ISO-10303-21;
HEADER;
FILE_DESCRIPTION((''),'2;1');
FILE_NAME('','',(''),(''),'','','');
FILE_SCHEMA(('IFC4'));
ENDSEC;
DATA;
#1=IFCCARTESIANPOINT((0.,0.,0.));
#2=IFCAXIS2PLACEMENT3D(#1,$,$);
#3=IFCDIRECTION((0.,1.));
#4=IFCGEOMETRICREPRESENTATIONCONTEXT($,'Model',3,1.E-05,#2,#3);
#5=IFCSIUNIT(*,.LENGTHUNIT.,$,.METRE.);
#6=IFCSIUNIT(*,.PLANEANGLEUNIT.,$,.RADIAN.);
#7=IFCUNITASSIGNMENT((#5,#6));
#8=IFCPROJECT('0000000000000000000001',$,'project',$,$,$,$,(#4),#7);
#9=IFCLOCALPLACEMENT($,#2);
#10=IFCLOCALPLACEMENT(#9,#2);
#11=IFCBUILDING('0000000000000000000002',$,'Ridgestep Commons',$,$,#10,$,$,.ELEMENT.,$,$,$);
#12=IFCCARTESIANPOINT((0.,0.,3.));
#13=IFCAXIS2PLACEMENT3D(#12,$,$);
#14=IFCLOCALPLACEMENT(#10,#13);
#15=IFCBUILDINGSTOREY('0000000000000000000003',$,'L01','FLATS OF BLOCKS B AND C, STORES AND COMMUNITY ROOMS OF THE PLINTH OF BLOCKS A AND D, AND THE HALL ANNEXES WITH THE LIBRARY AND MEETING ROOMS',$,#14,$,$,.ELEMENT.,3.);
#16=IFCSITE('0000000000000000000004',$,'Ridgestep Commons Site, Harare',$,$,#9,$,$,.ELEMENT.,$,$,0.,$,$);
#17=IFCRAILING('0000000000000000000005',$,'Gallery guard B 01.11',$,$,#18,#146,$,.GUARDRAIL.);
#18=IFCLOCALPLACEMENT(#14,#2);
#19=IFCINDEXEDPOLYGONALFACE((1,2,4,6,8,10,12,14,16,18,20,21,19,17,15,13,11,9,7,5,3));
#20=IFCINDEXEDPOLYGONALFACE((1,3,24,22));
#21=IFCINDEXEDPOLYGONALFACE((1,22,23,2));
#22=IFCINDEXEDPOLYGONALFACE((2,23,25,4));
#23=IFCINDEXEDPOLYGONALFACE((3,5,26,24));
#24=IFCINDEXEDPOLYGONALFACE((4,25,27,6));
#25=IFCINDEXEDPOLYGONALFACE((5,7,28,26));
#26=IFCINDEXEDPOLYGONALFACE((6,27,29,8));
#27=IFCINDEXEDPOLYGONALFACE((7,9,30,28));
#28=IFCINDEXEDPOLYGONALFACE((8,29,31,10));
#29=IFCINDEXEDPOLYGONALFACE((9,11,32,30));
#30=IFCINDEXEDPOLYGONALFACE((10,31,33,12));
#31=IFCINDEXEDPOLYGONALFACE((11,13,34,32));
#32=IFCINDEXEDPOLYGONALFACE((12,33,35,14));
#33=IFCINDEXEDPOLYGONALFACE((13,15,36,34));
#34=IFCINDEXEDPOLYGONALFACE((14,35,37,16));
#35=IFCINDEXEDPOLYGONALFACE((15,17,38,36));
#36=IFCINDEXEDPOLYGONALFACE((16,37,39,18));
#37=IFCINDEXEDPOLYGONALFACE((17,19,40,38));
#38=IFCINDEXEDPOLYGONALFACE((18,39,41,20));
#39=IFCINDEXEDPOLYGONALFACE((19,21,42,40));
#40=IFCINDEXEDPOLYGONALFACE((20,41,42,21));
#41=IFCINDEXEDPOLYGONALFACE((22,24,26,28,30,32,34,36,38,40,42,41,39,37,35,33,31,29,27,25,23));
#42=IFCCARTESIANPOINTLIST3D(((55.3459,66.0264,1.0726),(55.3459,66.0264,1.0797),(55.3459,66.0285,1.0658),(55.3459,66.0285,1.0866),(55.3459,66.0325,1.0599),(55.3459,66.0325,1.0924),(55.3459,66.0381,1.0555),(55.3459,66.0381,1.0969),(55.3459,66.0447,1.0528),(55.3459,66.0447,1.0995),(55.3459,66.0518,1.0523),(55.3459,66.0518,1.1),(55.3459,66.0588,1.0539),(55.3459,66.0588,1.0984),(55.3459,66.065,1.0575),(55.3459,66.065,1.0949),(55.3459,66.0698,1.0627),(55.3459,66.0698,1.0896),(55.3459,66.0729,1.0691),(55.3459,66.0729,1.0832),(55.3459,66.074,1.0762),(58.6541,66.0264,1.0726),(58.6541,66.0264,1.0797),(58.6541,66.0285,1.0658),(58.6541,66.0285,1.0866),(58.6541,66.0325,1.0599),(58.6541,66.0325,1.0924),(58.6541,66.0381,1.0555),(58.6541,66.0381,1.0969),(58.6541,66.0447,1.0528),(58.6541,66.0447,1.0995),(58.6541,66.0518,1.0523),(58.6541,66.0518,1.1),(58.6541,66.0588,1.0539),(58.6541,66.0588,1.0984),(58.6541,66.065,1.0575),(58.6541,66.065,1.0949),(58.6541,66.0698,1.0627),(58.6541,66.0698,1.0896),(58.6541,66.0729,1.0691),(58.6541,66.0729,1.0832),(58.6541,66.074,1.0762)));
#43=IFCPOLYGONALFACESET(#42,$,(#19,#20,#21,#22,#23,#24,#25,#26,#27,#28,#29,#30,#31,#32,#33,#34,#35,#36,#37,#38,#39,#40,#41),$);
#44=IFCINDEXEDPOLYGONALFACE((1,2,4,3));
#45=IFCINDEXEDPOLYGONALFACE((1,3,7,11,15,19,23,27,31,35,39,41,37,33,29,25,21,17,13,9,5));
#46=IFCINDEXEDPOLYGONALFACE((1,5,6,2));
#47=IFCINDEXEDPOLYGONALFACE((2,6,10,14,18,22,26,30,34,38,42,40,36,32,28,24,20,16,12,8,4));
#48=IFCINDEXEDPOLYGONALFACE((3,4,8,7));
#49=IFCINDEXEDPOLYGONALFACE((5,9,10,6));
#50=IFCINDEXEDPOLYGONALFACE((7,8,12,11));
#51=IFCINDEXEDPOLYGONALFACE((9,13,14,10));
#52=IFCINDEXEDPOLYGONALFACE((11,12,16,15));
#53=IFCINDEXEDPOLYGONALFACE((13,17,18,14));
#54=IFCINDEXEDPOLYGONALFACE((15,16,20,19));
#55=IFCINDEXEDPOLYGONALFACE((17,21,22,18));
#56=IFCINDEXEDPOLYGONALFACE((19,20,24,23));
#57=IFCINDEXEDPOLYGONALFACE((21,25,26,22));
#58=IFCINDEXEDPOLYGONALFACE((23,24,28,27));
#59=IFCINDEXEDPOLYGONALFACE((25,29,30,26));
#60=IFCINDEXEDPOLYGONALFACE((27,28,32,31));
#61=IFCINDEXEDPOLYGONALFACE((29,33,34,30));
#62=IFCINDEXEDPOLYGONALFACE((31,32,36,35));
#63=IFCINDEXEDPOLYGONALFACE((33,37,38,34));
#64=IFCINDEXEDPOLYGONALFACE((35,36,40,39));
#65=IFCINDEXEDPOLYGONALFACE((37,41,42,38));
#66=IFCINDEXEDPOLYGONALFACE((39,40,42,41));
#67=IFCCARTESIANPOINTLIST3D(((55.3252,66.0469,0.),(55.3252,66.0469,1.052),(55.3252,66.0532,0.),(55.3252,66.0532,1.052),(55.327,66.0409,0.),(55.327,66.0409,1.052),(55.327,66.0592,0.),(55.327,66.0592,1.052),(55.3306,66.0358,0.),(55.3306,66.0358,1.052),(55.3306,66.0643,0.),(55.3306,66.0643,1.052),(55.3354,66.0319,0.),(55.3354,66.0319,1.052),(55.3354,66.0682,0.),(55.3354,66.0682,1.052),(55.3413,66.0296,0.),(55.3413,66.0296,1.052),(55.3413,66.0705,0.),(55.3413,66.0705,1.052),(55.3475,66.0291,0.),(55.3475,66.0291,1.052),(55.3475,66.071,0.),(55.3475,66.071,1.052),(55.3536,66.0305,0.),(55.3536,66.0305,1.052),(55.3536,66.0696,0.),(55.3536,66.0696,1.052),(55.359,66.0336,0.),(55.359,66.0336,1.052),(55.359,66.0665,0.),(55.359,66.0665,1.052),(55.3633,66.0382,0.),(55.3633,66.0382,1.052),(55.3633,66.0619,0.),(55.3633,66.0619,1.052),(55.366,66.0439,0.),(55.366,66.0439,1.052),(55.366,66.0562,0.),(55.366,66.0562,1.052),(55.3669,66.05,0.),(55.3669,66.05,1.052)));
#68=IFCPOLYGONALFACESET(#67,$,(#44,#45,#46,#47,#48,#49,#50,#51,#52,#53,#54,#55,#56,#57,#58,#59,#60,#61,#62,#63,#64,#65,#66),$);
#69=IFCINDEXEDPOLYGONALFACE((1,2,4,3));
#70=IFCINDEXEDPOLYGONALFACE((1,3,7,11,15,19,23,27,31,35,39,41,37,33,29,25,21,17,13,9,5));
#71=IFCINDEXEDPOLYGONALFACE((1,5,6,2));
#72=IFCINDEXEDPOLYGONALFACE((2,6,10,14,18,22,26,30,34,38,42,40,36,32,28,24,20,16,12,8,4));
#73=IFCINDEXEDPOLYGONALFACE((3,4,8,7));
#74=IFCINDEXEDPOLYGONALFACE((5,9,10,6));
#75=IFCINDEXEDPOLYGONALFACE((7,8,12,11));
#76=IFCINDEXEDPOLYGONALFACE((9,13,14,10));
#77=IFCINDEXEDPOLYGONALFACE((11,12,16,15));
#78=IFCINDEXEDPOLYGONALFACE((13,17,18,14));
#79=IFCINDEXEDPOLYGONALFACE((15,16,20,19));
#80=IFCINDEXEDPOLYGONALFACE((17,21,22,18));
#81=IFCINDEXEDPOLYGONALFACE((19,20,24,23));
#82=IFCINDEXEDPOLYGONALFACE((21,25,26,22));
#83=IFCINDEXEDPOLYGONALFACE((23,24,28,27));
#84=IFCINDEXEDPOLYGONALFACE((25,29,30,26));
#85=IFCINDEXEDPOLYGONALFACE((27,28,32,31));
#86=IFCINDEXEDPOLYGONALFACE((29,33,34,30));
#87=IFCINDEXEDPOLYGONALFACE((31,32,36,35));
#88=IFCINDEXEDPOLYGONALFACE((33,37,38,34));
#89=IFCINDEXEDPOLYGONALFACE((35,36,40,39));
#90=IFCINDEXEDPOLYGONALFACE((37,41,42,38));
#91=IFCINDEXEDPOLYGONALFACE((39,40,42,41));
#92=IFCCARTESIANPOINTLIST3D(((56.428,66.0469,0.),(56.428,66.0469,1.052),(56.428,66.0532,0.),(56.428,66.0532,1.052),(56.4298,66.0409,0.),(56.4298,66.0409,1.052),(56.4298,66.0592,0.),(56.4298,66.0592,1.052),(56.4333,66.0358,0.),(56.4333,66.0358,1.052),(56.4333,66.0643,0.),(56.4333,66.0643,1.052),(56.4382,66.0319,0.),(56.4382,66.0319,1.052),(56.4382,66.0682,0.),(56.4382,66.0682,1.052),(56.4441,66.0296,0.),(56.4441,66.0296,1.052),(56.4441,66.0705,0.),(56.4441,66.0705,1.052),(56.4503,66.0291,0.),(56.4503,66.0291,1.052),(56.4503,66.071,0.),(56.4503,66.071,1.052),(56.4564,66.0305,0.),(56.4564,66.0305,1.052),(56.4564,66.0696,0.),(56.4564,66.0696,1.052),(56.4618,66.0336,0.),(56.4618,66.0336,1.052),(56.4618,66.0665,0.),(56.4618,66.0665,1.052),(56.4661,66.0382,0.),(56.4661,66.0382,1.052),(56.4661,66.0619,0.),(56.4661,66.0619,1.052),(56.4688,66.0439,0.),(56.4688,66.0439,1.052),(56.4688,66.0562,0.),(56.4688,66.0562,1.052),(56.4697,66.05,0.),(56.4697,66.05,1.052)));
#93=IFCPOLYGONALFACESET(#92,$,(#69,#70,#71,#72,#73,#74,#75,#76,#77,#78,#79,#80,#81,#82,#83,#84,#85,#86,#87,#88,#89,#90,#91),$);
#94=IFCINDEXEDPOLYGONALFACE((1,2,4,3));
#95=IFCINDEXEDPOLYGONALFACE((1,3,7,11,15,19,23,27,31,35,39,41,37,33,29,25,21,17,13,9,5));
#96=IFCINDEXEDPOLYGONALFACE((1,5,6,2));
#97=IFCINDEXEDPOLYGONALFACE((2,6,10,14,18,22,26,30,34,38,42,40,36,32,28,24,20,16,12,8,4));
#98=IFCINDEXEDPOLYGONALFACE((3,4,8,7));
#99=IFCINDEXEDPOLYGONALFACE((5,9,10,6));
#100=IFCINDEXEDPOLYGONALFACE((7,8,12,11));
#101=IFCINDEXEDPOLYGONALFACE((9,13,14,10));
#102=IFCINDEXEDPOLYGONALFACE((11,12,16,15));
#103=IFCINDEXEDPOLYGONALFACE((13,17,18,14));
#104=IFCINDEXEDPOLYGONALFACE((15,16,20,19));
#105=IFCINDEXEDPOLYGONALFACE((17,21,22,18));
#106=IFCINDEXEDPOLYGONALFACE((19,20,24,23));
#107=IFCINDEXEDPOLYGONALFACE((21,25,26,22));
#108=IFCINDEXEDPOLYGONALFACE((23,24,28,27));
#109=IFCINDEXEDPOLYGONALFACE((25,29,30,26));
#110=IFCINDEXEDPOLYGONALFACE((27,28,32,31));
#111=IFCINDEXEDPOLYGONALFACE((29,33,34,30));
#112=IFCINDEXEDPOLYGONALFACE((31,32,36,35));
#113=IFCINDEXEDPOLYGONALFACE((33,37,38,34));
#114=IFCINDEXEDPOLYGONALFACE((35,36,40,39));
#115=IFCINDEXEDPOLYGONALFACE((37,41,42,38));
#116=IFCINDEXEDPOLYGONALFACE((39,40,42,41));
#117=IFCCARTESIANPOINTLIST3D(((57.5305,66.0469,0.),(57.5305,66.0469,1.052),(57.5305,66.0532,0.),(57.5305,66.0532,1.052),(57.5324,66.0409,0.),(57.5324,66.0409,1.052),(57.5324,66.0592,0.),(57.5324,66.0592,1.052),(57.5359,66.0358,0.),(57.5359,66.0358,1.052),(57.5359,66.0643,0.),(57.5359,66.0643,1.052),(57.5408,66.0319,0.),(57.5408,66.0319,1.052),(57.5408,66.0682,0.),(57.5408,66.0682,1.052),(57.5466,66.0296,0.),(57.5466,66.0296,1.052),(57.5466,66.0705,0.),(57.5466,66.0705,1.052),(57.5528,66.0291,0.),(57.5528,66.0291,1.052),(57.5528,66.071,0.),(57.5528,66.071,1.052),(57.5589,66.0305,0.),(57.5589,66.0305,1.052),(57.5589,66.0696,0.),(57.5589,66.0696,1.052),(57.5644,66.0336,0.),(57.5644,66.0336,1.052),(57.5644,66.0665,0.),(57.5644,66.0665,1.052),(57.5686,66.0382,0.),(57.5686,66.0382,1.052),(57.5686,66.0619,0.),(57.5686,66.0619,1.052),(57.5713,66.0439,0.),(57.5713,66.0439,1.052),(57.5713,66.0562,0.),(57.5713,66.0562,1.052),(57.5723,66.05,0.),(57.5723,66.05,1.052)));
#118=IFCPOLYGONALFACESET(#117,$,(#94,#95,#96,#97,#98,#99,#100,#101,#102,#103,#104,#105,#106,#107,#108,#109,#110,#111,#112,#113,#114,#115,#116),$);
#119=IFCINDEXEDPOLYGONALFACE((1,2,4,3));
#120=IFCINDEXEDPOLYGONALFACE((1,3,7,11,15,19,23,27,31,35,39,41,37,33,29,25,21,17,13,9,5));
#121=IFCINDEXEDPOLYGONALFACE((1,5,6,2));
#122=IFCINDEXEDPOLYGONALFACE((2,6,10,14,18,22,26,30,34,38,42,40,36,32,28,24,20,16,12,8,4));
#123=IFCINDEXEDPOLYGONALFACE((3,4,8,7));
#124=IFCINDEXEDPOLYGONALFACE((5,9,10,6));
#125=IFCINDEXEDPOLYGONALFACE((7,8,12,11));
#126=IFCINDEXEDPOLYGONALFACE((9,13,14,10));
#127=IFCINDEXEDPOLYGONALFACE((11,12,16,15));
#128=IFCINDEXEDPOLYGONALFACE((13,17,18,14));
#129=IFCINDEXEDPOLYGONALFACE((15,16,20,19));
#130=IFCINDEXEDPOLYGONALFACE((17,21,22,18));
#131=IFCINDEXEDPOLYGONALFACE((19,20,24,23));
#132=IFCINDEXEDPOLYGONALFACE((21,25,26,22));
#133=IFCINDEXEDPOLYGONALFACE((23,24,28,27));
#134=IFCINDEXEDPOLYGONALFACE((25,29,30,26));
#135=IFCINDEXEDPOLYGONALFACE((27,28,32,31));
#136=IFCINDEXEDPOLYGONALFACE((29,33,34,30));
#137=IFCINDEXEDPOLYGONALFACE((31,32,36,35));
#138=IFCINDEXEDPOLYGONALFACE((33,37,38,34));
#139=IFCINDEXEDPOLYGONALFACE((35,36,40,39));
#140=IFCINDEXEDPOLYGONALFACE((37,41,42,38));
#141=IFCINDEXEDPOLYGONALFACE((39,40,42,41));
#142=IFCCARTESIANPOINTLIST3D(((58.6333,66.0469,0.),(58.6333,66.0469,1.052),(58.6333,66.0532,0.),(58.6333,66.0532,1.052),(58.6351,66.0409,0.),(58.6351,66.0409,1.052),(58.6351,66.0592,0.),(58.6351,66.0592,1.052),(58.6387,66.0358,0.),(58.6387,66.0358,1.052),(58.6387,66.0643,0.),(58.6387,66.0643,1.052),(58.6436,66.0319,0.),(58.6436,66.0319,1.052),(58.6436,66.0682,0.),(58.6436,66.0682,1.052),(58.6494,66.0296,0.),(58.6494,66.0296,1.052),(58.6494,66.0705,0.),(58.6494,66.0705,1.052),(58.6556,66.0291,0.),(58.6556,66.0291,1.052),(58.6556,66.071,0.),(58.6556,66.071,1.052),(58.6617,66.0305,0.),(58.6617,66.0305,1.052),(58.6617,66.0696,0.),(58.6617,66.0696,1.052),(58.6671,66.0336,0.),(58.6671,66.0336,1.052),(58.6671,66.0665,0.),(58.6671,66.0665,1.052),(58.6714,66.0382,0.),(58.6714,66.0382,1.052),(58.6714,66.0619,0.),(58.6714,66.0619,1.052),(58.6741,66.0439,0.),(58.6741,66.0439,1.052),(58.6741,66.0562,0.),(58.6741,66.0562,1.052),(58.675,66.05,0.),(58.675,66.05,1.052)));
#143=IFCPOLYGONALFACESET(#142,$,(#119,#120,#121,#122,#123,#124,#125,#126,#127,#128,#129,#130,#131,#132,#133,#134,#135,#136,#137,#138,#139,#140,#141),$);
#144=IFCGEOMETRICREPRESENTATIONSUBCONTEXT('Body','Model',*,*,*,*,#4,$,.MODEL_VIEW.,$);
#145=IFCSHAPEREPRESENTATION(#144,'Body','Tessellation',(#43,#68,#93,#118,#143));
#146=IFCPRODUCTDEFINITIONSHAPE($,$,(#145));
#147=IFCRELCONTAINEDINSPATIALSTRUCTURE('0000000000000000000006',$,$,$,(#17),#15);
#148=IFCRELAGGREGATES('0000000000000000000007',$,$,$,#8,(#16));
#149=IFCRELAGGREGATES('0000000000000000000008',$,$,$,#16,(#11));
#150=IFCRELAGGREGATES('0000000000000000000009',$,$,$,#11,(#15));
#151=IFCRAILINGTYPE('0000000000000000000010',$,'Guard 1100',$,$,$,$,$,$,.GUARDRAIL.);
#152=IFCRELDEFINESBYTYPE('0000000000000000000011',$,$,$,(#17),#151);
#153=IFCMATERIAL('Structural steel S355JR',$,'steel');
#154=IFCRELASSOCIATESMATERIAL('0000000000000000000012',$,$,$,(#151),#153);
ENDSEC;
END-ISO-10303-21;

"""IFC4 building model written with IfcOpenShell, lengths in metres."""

from ifc_helpers import new_model, si_unit, direction, frame, origin, origin_2d, place, context, subcontext, project, spatial, circle, extrude, material, type_object, element, save


model = new_model("IFC4")

# Units and contexts
model_context = context("Model", 3, precision=1e-05, world=origin(), true_north=direction((0.0, 1.0)))
body_context = subcontext(model_context, "Body", "Model", "MODEL_VIEW")
ifc_project = project(units=[si_unit("LENGTHUNIT", "METRE"), si_unit("PLANEANGLEUNIT", "RADIAN")], contexts=[model_context])

# Site, building, storey
site_placement = place(None, origin())
site = spatial("IfcSite", under=ifc_project, at=site_placement, Name="Ridgestep Commons Site, Harare", CompositionType="ELEMENT", RefElevation=0.0)
building_placement = place(site_placement, origin())
building = spatial("IfcBuilding", under=site, at=building_placement, Name="Ridgestep Commons", CompositionType="ELEMENT")
storey_placement = place(building_placement, frame((0.0, 0.0, 3.0)))
storey = spatial("IfcBuildingStorey", under=building, at=storey_placement, Name="L01", Description="FLATS OF BLOCKS B AND C, STORES AND COMMUNITY ROOMS OF THE PLINTH OF BLOCKS A AND D, AND THE HALL ANNEXES WITH THE LIBRARY AND MEETING ROOMS", CompositionType="ELEMENT", Elevation=3.0)

# Railing
ifc_material_1 = material(Name="Structural steel S355JR", Category="steel")
railing_type = type_object("IfcRailingType", Name="Guard 1100", PredefinedType="GUARDRAIL", material=ifc_material_1)
railing_1_placement = place(storey_placement, frame((55.3459, 66.05, 0.0)))
element("IfcRailing", 1, at=railing_1_placement, inside=storey, type_object=railing_type, Name="Gallery guard B 01.11", PredefinedType="GUARDRAIL", context=body_context, shape_type="SweptSolid", body=[
    extrude(circle(Radius=0.0239, at=origin_2d()), frame((0.0, 0.0, 1.0762), z_axis=(1.0, 0.0, 0.0), x_axis=(0.0, 1.0, 0.0)), (0.0, 0.0, 1.0), 3.3081),
    extrude(circle(Radius=0.021, at=origin_2d()), origin(), (0.0, 0.0, 1.0), 1.052),
    extrude(circle(Radius=0.021, at=origin_2d()), frame((1.1028, 0.0, 0.0)), (0.0, 0.0, 1.0), 1.052),
    extrude(circle(Radius=0.021, at=origin_2d()), frame((2.2053, 0.0, 0.0)), (0.0, 0.0, 1.0), 1.052),
    extrude(circle(Radius=0.021, at=origin_2d()), frame((3.3081, 0.0, 0.0)), (0.0, 0.0, 1.0), 1.052),
])

save(model, "model.ifc")
